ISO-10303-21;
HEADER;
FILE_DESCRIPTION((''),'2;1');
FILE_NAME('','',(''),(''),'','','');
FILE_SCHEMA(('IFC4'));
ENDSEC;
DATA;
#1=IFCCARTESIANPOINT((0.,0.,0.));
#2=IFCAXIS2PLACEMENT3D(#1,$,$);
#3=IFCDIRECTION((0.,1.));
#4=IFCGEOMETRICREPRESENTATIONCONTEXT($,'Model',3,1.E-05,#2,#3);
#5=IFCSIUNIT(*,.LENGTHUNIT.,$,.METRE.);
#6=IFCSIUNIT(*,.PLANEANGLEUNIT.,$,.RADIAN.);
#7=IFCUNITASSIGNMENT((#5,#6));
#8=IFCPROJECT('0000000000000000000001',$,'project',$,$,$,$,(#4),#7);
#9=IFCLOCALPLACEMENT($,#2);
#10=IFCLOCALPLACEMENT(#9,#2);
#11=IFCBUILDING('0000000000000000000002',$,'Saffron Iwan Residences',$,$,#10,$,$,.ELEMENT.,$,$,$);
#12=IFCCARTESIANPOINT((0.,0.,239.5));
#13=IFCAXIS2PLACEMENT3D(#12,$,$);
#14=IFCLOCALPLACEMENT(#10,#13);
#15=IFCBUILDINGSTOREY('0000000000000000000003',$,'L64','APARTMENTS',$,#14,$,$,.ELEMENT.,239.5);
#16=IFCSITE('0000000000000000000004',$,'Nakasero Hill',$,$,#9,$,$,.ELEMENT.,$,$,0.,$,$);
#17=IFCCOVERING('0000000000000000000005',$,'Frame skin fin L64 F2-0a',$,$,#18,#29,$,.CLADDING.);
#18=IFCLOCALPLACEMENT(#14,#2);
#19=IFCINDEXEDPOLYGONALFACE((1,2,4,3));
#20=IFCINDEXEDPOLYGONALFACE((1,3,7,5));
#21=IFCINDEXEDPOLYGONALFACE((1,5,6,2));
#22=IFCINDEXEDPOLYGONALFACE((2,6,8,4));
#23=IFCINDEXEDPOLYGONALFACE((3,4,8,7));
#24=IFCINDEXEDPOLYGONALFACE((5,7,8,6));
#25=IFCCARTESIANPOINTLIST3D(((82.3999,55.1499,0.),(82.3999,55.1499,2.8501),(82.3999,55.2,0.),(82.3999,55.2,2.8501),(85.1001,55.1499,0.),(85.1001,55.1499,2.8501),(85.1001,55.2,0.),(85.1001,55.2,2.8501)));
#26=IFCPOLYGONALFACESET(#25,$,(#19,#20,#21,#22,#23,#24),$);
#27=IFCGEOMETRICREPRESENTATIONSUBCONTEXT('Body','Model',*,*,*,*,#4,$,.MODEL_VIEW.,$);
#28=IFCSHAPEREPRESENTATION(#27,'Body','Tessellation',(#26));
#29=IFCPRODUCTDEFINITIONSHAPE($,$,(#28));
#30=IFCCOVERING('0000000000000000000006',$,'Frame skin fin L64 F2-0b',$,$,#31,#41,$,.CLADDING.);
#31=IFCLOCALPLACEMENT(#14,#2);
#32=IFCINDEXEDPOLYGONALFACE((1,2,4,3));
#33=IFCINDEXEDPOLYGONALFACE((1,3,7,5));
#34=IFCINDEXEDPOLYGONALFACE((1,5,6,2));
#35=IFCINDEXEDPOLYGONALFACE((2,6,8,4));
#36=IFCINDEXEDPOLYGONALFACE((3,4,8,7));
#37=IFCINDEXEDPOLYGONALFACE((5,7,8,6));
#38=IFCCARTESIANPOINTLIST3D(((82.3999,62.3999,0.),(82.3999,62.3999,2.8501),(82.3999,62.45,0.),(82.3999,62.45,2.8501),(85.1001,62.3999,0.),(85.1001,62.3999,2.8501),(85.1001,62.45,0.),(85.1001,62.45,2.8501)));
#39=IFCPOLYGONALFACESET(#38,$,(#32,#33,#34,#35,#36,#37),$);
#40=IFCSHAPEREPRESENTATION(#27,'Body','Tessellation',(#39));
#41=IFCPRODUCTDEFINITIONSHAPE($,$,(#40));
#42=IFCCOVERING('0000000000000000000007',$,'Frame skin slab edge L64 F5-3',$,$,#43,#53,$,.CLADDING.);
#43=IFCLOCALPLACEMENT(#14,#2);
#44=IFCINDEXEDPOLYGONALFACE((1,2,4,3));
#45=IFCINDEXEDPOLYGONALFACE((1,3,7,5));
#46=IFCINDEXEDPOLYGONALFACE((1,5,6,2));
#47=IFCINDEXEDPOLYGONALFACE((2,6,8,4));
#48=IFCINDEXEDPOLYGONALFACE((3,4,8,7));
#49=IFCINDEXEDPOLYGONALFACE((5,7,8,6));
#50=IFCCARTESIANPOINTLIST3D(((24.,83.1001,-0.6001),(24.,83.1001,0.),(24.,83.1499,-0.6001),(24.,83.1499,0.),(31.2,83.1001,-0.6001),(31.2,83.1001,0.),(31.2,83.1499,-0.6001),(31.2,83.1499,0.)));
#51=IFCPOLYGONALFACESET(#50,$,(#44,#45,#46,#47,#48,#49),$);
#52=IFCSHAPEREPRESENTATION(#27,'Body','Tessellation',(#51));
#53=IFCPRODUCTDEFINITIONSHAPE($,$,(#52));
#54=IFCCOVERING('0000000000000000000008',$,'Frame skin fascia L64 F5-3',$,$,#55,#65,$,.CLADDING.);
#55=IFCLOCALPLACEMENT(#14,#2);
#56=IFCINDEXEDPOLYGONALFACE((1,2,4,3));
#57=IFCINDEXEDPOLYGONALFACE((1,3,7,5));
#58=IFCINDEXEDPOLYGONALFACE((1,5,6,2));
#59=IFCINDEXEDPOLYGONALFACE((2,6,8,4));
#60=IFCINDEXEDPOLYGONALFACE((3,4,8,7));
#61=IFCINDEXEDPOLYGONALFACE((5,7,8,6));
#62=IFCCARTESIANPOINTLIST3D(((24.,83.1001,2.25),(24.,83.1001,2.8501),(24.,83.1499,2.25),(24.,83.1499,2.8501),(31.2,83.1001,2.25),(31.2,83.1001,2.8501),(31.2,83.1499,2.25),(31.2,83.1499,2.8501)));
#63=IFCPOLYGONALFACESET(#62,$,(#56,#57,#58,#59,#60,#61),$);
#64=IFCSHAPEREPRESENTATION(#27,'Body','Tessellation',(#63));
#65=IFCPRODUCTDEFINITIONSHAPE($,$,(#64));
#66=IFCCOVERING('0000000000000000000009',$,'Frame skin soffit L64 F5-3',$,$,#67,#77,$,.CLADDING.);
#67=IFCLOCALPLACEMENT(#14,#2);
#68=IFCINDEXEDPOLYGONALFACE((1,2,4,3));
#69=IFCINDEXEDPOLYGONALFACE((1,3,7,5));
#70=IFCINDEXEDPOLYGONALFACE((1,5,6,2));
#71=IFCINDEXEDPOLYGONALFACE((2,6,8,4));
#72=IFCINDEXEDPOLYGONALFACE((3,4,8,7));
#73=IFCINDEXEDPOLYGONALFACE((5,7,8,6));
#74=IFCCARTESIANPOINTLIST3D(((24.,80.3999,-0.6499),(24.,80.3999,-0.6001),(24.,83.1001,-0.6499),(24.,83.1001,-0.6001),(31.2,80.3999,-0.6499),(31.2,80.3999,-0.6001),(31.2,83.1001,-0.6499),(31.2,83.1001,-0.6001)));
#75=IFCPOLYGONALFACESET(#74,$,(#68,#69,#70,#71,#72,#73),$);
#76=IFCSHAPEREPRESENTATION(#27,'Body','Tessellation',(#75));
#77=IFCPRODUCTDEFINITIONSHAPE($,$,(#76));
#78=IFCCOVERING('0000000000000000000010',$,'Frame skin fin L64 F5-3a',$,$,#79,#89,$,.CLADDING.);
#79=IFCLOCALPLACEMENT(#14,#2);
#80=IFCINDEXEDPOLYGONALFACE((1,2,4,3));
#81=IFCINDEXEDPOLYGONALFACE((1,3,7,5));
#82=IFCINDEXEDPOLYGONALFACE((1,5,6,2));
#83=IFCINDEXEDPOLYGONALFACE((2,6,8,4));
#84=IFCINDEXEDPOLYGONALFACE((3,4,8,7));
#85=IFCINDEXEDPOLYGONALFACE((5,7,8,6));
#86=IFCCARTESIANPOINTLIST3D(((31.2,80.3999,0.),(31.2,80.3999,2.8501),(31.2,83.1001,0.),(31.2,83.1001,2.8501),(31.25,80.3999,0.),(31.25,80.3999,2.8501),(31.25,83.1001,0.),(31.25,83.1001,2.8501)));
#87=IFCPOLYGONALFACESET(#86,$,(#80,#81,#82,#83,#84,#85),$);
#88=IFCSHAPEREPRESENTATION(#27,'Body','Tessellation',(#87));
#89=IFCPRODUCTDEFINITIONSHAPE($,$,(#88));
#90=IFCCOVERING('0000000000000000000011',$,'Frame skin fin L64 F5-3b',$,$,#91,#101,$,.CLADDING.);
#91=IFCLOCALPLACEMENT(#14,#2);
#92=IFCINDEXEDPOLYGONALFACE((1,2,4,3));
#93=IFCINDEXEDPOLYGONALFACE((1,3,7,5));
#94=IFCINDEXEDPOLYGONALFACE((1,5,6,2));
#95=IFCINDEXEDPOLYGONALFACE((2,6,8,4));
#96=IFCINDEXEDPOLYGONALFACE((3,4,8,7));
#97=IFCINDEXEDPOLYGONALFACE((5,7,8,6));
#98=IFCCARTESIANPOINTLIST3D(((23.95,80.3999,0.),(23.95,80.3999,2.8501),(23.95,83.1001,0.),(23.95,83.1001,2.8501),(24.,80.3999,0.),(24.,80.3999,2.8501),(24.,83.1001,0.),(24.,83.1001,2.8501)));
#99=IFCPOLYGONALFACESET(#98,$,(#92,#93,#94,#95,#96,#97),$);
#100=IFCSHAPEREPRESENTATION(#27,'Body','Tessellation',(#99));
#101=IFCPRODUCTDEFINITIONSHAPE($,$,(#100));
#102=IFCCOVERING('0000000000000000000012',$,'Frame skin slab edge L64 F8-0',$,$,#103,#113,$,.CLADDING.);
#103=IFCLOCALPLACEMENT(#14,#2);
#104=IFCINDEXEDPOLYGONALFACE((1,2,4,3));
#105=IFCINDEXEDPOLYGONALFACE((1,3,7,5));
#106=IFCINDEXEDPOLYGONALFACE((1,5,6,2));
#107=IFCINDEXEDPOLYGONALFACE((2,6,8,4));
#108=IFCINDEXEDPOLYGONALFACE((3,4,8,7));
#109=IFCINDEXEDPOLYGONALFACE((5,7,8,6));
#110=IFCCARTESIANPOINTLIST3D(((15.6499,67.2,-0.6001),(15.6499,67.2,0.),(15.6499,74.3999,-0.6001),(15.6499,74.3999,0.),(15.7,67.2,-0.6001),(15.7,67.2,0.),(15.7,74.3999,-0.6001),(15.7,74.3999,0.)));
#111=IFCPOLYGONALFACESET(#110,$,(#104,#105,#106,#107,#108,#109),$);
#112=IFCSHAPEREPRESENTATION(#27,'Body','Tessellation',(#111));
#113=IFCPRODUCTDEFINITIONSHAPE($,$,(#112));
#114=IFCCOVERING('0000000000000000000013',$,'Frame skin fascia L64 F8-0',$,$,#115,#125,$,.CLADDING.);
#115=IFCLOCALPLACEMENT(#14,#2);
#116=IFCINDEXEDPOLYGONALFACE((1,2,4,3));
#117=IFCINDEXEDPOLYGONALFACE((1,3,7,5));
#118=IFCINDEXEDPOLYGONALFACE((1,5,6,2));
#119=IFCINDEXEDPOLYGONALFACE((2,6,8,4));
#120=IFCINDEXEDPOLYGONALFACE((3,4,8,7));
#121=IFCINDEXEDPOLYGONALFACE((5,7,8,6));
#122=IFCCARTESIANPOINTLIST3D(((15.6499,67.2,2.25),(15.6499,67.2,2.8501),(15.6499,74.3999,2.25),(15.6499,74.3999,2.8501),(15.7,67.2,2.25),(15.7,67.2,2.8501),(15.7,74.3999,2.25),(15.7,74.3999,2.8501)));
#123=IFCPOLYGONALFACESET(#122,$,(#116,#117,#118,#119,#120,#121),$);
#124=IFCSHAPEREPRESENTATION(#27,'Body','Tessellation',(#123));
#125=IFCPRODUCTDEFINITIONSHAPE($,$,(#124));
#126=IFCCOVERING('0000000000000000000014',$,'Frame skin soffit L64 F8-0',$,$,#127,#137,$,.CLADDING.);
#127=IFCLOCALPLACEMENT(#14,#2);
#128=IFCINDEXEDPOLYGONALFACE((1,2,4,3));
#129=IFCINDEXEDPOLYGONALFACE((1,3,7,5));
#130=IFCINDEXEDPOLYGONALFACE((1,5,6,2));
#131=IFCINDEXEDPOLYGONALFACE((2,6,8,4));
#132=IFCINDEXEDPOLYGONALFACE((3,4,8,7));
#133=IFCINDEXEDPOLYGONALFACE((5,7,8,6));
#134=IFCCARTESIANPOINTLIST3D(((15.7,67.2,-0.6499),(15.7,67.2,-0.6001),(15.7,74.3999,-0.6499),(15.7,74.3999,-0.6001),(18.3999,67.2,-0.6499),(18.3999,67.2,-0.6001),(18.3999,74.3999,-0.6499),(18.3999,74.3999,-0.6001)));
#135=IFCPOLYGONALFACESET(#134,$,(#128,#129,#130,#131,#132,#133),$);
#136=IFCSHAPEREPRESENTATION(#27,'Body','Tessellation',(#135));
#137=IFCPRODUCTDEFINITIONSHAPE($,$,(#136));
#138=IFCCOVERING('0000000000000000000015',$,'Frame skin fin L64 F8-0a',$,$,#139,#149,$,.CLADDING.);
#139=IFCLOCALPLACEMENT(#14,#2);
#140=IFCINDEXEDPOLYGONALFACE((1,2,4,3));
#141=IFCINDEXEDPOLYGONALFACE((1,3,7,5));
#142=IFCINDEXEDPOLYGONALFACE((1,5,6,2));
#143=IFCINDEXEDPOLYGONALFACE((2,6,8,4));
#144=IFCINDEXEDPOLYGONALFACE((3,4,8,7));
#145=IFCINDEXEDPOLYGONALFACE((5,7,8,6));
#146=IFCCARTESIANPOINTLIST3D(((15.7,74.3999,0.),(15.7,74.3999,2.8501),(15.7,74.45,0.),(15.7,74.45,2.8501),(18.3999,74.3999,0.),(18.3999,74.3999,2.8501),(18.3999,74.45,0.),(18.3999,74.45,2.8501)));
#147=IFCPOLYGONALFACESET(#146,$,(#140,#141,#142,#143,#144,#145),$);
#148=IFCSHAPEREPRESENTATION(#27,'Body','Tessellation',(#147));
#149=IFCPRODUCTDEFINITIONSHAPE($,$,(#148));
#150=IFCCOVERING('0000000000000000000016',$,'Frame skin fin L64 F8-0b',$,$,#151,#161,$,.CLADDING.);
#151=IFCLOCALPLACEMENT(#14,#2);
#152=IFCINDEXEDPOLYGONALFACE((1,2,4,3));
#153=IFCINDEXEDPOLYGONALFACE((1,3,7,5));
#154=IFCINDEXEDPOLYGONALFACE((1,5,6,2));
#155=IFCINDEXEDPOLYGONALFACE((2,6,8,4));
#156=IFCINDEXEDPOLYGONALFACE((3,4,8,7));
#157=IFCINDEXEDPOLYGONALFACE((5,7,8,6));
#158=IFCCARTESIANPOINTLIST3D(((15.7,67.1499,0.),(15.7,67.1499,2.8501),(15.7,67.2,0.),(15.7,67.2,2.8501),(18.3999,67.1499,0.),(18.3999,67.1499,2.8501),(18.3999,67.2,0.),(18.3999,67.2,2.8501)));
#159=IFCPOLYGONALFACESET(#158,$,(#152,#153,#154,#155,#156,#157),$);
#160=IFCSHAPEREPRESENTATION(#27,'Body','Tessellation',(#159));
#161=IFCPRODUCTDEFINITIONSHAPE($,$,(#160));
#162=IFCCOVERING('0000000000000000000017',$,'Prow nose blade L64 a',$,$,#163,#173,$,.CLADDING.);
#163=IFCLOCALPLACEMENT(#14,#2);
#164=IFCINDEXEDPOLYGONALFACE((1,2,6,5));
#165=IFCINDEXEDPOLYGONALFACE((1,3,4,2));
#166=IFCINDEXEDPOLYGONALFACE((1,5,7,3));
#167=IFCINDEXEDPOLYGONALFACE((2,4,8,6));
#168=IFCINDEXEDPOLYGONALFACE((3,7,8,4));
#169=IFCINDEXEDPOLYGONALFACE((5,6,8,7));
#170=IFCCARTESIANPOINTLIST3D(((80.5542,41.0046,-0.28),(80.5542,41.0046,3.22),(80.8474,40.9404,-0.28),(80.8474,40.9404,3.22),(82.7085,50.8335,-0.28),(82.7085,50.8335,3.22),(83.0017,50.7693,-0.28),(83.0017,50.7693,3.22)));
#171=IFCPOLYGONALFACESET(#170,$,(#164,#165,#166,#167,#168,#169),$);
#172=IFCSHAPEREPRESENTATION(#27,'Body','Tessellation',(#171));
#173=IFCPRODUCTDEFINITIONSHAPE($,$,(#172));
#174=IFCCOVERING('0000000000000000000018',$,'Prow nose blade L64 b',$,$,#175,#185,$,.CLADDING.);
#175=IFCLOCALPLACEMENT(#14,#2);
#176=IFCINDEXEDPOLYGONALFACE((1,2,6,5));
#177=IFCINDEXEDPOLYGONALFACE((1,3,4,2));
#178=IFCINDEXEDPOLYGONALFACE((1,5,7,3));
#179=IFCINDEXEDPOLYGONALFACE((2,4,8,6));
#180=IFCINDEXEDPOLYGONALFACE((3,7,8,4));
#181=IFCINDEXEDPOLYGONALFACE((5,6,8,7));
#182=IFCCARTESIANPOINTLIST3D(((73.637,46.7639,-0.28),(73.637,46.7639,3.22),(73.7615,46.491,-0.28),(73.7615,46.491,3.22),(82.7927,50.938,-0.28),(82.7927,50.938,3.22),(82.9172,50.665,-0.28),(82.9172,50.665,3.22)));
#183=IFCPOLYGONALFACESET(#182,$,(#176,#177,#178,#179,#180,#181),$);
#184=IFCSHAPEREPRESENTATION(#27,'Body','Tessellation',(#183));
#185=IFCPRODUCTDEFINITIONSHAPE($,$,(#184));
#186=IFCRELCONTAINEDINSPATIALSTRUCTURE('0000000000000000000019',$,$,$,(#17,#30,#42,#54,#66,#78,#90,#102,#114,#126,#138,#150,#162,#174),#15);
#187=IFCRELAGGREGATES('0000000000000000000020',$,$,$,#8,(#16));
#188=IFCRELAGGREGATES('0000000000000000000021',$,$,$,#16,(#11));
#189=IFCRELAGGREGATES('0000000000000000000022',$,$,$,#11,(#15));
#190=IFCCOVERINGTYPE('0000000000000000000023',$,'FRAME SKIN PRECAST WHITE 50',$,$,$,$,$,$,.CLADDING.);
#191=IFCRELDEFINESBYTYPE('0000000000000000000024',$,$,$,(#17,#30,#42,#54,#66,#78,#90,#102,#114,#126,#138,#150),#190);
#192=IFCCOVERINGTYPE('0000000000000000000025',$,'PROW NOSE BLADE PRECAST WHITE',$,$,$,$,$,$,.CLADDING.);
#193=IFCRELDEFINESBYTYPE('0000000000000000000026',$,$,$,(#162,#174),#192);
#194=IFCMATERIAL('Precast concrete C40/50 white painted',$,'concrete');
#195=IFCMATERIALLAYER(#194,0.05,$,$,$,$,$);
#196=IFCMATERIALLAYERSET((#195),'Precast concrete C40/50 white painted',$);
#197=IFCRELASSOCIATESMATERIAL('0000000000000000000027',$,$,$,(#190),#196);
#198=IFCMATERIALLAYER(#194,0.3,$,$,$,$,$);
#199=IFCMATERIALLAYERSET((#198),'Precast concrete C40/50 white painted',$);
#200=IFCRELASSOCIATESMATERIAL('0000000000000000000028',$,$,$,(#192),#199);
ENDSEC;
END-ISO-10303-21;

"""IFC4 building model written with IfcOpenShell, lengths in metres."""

from ifc_helpers import new_model, si_unit, direction, frame, origin, place, context, subcontext, project, spatial, polyline, outline, extrude, material, layer, layer_set, type_object, element, save


model = new_model("IFC4")

# Units and contexts
model_context = context("Model", 3, precision=1e-05, world=origin(), true_north=direction((0.0, 1.0)))
body_context = subcontext(model_context, "Body", "Model", "MODEL_VIEW")
ifc_project = project(units=[si_unit("LENGTHUNIT", "METRE"), si_unit("PLANEANGLEUNIT", "RADIAN")], contexts=[model_context])

# Site, building, storey
site_placement = place(None, origin())
site = spatial("IfcSite", under=ifc_project, at=site_placement, Name="Nakasero Hill", CompositionType="ELEMENT", RefElevation=0.0)
building_placement = place(site_placement, origin())
building = spatial("IfcBuilding", under=site, at=building_placement, Name="Saffron Iwan Residences", CompositionType="ELEMENT")
storey_placement = place(building_placement, frame((0.0, 0.0, 239.5)))
storey = spatial("IfcBuildingStorey", under=building, at=storey_placement, Name="L64", Description="APARTMENTS", CompositionType="ELEMENT", Elevation=239.5)

# Coverings
ifc_material_1 = material(Name="Precast concrete C40/50 white painted", Category="concrete")
ifc_layer_1 = layer(ifc_material_1, 0.05)
ifc_layer_set_1 = layer_set([ifc_layer_1], Name="Precast concrete C40/50 white painted")
covering_type_1 = type_object("IfcCoveringType", Name="FRAME SKIN PRECAST WHITE 50", PredefinedType="CLADDING", material=ifc_layer_set_1)
covering_1_placement = place(storey_placement, origin())
element("IfcCovering", 1, at=covering_1_placement, inside=storey, type_object=covering_type_1, Name="Frame skin fin L64 F2-0a", PredefinedType="CLADDING", context=body_context, shape_type="SweptSolid", body=[
    extrude(outline(polyline([(85.1001, 55.1499), (85.1001, 55.2), (82.3999, 55.2), (82.3999, 55.1499), (85.1001, 55.1499)])), origin(), (0.0, 0.0, 1.0), 2.8501),
])
covering_2_placement = place(storey_placement, origin())
element("IfcCovering", 2, at=covering_2_placement, inside=storey, type_object=covering_type_1, Name="Frame skin fin L64 F2-0b", PredefinedType="CLADDING", context=body_context, shape_type="SweptSolid", body=[
    extrude(outline(polyline([(85.1001, 62.3999), (85.1001, 62.45), (82.3999, 62.45), (82.3999, 62.3999), (85.1001, 62.3999)])), origin(), (0.0, 0.0, 1.0), 2.8501),
])
for number, where, name in (
    (3, (0.0, 0.0, -0.6001), "Frame skin slab edge L64 F5-3"),
    (4, (0.0, 0.0, 2.25), "Frame skin fascia L64 F5-3"),
):
    element("IfcCovering", number, at=place(storey_placement, frame(where)), inside=storey, type_object=covering_type_1, Name=name, PredefinedType="CLADDING", context=body_context, shape_type="SweptSolid", body=[
        extrude(outline(polyline([(31.2, 83.1499), (24.0, 83.1499), (24.0, 83.1001), (31.2, 83.1001), (31.2, 83.1499)])), origin(), (0.0, 0.0, 1.0), 0.6001),
    ])
covering_3_placement = place(storey_placement, frame((0.0, 0.0, -0.6499)))
element("IfcCovering", 5, at=covering_3_placement, inside=storey, type_object=covering_type_1, Name="Frame skin soffit L64 F5-3", PredefinedType="CLADDING", context=body_context, shape_type="SweptSolid", body=[
    extrude(outline(polyline([(31.2, 83.1001), (24.0, 83.1001), (24.0, 80.3999), (31.2, 80.3999), (31.2, 83.1001)])), origin(), (0.0, 0.0, 1.0), 0.0498),
])
covering_4_placement = place(storey_placement, origin())
element("IfcCovering", 6, at=covering_4_placement, inside=storey, type_object=covering_type_1, Name="Frame skin fin L64 F5-3a", PredefinedType="CLADDING", context=body_context, shape_type="SweptSolid", body=[
    extrude(outline(polyline([(31.25, 83.1001), (31.2, 83.1001), (31.2, 80.3999), (31.25, 80.3999), (31.25, 83.1001)])), origin(), (0.0, 0.0, 1.0), 2.8501),
])
covering_5_placement = place(storey_placement, origin())
element("IfcCovering", 7, at=covering_5_placement, inside=storey, type_object=covering_type_1, Name="Frame skin fin L64 F5-3b", PredefinedType="CLADDING", context=body_context, shape_type="SweptSolid", body=[
    extrude(outline(polyline([(24.0, 83.1001), (23.95, 83.1001), (23.95, 80.3999), (24.0, 80.3999), (24.0, 83.1001)])), origin(), (0.0, 0.0, 1.0), 2.8501),
])
for number, where, name in (
    (8, (0.0, 0.0, -0.6001), "Frame skin slab edge L64 F8-0"),
    (9, (0.0, 0.0, 2.25), "Frame skin fascia L64 F8-0"),
):
    element("IfcCovering", number, at=place(storey_placement, frame(where)), inside=storey, type_object=covering_type_1, Name=name, PredefinedType="CLADDING", context=body_context, shape_type="SweptSolid", body=[
        extrude(outline(polyline([(15.6499, 74.3999), (15.6499, 67.2), (15.7, 67.2), (15.7, 74.3999), (15.6499, 74.3999)])), origin(), (0.0, 0.0, 1.0), 0.6001),
    ])
covering_6_placement = place(storey_placement, frame((0.0, 0.0, -0.6499)))
element("IfcCovering", 10, at=covering_6_placement, inside=storey, type_object=covering_type_1, Name="Frame skin soffit L64 F8-0", PredefinedType="CLADDING", context=body_context, shape_type="SweptSolid", body=[
    extrude(outline(polyline([(15.7, 74.3999), (15.7, 67.2), (18.3999, 67.2), (18.3999, 74.3999), (15.7, 74.3999)])), origin(), (0.0, 0.0, 1.0), 0.0498),
])
covering_7_placement = place(storey_placement, origin())
element("IfcCovering", 11, at=covering_7_placement, inside=storey, type_object=covering_type_1, Name="Frame skin fin L64 F8-0a", PredefinedType="CLADDING", context=body_context, shape_type="SweptSolid", body=[
    extrude(outline(polyline([(15.7, 74.45), (15.7, 74.3999), (18.3999, 74.3999), (18.3999, 74.45), (15.7, 74.45)])), origin(), (0.0, 0.0, 1.0), 2.8501),
])
covering_8_placement = place(storey_placement, origin())
element("IfcCovering", 12, at=covering_8_placement, inside=storey, type_object=covering_type_1, Name="Frame skin fin L64 F8-0b", PredefinedType="CLADDING", context=body_context, shape_type="SweptSolid", body=[
    extrude(outline(polyline([(15.7, 67.2), (15.7, 67.1499), (18.3999, 67.1499), (18.3999, 67.2), (15.7, 67.2)])), origin(), (0.0, 0.0, 1.0), 2.8501),
])
ifc_layer_2 = layer(ifc_material_1, 0.3)
ifc_layer_set_2 = layer_set([ifc_layer_2], Name="Precast concrete C40/50 white painted")
covering_type_2 = type_object("IfcCoveringType", Name="PROW NOSE BLADE PRECAST WHITE", PredefinedType="CLADDING", material=ifc_layer_set_2)
covering_9_placement = place(storey_placement, frame((0.0, 0.0, -0.28)))
element("IfcCovering", 13, at=covering_9_placement, inside=storey, type_object=covering_type_2, Name="Prow nose blade L64 a", PredefinedType="CLADDING", context=body_context, shape_type="SweptSolid", body=[
    extrude(outline(polyline([(80.8474, 40.9404), (83.0017, 50.7693), (82.7085, 50.8335), (80.5542, 41.0046), (80.8474, 40.9404)])), origin(), (0.0, 0.0, 1.0), 3.5),
])
covering_10_placement = place(storey_placement, frame((0.0, 0.0, -0.28)))
element("IfcCovering", 14, at=covering_10_placement, inside=storey, type_object=covering_type_2, Name="Prow nose blade L64 b", PredefinedType="CLADDING", context=body_context, shape_type="SweptSolid", body=[
    extrude(outline(polyline([(73.7615, 46.491), (82.9172, 50.665), (82.7927, 50.938), (73.637, 46.7639), (73.7615, 46.491)])), origin(), (0.0, 0.0, 1.0), 3.5),
])

save(model, "model.ifc")
